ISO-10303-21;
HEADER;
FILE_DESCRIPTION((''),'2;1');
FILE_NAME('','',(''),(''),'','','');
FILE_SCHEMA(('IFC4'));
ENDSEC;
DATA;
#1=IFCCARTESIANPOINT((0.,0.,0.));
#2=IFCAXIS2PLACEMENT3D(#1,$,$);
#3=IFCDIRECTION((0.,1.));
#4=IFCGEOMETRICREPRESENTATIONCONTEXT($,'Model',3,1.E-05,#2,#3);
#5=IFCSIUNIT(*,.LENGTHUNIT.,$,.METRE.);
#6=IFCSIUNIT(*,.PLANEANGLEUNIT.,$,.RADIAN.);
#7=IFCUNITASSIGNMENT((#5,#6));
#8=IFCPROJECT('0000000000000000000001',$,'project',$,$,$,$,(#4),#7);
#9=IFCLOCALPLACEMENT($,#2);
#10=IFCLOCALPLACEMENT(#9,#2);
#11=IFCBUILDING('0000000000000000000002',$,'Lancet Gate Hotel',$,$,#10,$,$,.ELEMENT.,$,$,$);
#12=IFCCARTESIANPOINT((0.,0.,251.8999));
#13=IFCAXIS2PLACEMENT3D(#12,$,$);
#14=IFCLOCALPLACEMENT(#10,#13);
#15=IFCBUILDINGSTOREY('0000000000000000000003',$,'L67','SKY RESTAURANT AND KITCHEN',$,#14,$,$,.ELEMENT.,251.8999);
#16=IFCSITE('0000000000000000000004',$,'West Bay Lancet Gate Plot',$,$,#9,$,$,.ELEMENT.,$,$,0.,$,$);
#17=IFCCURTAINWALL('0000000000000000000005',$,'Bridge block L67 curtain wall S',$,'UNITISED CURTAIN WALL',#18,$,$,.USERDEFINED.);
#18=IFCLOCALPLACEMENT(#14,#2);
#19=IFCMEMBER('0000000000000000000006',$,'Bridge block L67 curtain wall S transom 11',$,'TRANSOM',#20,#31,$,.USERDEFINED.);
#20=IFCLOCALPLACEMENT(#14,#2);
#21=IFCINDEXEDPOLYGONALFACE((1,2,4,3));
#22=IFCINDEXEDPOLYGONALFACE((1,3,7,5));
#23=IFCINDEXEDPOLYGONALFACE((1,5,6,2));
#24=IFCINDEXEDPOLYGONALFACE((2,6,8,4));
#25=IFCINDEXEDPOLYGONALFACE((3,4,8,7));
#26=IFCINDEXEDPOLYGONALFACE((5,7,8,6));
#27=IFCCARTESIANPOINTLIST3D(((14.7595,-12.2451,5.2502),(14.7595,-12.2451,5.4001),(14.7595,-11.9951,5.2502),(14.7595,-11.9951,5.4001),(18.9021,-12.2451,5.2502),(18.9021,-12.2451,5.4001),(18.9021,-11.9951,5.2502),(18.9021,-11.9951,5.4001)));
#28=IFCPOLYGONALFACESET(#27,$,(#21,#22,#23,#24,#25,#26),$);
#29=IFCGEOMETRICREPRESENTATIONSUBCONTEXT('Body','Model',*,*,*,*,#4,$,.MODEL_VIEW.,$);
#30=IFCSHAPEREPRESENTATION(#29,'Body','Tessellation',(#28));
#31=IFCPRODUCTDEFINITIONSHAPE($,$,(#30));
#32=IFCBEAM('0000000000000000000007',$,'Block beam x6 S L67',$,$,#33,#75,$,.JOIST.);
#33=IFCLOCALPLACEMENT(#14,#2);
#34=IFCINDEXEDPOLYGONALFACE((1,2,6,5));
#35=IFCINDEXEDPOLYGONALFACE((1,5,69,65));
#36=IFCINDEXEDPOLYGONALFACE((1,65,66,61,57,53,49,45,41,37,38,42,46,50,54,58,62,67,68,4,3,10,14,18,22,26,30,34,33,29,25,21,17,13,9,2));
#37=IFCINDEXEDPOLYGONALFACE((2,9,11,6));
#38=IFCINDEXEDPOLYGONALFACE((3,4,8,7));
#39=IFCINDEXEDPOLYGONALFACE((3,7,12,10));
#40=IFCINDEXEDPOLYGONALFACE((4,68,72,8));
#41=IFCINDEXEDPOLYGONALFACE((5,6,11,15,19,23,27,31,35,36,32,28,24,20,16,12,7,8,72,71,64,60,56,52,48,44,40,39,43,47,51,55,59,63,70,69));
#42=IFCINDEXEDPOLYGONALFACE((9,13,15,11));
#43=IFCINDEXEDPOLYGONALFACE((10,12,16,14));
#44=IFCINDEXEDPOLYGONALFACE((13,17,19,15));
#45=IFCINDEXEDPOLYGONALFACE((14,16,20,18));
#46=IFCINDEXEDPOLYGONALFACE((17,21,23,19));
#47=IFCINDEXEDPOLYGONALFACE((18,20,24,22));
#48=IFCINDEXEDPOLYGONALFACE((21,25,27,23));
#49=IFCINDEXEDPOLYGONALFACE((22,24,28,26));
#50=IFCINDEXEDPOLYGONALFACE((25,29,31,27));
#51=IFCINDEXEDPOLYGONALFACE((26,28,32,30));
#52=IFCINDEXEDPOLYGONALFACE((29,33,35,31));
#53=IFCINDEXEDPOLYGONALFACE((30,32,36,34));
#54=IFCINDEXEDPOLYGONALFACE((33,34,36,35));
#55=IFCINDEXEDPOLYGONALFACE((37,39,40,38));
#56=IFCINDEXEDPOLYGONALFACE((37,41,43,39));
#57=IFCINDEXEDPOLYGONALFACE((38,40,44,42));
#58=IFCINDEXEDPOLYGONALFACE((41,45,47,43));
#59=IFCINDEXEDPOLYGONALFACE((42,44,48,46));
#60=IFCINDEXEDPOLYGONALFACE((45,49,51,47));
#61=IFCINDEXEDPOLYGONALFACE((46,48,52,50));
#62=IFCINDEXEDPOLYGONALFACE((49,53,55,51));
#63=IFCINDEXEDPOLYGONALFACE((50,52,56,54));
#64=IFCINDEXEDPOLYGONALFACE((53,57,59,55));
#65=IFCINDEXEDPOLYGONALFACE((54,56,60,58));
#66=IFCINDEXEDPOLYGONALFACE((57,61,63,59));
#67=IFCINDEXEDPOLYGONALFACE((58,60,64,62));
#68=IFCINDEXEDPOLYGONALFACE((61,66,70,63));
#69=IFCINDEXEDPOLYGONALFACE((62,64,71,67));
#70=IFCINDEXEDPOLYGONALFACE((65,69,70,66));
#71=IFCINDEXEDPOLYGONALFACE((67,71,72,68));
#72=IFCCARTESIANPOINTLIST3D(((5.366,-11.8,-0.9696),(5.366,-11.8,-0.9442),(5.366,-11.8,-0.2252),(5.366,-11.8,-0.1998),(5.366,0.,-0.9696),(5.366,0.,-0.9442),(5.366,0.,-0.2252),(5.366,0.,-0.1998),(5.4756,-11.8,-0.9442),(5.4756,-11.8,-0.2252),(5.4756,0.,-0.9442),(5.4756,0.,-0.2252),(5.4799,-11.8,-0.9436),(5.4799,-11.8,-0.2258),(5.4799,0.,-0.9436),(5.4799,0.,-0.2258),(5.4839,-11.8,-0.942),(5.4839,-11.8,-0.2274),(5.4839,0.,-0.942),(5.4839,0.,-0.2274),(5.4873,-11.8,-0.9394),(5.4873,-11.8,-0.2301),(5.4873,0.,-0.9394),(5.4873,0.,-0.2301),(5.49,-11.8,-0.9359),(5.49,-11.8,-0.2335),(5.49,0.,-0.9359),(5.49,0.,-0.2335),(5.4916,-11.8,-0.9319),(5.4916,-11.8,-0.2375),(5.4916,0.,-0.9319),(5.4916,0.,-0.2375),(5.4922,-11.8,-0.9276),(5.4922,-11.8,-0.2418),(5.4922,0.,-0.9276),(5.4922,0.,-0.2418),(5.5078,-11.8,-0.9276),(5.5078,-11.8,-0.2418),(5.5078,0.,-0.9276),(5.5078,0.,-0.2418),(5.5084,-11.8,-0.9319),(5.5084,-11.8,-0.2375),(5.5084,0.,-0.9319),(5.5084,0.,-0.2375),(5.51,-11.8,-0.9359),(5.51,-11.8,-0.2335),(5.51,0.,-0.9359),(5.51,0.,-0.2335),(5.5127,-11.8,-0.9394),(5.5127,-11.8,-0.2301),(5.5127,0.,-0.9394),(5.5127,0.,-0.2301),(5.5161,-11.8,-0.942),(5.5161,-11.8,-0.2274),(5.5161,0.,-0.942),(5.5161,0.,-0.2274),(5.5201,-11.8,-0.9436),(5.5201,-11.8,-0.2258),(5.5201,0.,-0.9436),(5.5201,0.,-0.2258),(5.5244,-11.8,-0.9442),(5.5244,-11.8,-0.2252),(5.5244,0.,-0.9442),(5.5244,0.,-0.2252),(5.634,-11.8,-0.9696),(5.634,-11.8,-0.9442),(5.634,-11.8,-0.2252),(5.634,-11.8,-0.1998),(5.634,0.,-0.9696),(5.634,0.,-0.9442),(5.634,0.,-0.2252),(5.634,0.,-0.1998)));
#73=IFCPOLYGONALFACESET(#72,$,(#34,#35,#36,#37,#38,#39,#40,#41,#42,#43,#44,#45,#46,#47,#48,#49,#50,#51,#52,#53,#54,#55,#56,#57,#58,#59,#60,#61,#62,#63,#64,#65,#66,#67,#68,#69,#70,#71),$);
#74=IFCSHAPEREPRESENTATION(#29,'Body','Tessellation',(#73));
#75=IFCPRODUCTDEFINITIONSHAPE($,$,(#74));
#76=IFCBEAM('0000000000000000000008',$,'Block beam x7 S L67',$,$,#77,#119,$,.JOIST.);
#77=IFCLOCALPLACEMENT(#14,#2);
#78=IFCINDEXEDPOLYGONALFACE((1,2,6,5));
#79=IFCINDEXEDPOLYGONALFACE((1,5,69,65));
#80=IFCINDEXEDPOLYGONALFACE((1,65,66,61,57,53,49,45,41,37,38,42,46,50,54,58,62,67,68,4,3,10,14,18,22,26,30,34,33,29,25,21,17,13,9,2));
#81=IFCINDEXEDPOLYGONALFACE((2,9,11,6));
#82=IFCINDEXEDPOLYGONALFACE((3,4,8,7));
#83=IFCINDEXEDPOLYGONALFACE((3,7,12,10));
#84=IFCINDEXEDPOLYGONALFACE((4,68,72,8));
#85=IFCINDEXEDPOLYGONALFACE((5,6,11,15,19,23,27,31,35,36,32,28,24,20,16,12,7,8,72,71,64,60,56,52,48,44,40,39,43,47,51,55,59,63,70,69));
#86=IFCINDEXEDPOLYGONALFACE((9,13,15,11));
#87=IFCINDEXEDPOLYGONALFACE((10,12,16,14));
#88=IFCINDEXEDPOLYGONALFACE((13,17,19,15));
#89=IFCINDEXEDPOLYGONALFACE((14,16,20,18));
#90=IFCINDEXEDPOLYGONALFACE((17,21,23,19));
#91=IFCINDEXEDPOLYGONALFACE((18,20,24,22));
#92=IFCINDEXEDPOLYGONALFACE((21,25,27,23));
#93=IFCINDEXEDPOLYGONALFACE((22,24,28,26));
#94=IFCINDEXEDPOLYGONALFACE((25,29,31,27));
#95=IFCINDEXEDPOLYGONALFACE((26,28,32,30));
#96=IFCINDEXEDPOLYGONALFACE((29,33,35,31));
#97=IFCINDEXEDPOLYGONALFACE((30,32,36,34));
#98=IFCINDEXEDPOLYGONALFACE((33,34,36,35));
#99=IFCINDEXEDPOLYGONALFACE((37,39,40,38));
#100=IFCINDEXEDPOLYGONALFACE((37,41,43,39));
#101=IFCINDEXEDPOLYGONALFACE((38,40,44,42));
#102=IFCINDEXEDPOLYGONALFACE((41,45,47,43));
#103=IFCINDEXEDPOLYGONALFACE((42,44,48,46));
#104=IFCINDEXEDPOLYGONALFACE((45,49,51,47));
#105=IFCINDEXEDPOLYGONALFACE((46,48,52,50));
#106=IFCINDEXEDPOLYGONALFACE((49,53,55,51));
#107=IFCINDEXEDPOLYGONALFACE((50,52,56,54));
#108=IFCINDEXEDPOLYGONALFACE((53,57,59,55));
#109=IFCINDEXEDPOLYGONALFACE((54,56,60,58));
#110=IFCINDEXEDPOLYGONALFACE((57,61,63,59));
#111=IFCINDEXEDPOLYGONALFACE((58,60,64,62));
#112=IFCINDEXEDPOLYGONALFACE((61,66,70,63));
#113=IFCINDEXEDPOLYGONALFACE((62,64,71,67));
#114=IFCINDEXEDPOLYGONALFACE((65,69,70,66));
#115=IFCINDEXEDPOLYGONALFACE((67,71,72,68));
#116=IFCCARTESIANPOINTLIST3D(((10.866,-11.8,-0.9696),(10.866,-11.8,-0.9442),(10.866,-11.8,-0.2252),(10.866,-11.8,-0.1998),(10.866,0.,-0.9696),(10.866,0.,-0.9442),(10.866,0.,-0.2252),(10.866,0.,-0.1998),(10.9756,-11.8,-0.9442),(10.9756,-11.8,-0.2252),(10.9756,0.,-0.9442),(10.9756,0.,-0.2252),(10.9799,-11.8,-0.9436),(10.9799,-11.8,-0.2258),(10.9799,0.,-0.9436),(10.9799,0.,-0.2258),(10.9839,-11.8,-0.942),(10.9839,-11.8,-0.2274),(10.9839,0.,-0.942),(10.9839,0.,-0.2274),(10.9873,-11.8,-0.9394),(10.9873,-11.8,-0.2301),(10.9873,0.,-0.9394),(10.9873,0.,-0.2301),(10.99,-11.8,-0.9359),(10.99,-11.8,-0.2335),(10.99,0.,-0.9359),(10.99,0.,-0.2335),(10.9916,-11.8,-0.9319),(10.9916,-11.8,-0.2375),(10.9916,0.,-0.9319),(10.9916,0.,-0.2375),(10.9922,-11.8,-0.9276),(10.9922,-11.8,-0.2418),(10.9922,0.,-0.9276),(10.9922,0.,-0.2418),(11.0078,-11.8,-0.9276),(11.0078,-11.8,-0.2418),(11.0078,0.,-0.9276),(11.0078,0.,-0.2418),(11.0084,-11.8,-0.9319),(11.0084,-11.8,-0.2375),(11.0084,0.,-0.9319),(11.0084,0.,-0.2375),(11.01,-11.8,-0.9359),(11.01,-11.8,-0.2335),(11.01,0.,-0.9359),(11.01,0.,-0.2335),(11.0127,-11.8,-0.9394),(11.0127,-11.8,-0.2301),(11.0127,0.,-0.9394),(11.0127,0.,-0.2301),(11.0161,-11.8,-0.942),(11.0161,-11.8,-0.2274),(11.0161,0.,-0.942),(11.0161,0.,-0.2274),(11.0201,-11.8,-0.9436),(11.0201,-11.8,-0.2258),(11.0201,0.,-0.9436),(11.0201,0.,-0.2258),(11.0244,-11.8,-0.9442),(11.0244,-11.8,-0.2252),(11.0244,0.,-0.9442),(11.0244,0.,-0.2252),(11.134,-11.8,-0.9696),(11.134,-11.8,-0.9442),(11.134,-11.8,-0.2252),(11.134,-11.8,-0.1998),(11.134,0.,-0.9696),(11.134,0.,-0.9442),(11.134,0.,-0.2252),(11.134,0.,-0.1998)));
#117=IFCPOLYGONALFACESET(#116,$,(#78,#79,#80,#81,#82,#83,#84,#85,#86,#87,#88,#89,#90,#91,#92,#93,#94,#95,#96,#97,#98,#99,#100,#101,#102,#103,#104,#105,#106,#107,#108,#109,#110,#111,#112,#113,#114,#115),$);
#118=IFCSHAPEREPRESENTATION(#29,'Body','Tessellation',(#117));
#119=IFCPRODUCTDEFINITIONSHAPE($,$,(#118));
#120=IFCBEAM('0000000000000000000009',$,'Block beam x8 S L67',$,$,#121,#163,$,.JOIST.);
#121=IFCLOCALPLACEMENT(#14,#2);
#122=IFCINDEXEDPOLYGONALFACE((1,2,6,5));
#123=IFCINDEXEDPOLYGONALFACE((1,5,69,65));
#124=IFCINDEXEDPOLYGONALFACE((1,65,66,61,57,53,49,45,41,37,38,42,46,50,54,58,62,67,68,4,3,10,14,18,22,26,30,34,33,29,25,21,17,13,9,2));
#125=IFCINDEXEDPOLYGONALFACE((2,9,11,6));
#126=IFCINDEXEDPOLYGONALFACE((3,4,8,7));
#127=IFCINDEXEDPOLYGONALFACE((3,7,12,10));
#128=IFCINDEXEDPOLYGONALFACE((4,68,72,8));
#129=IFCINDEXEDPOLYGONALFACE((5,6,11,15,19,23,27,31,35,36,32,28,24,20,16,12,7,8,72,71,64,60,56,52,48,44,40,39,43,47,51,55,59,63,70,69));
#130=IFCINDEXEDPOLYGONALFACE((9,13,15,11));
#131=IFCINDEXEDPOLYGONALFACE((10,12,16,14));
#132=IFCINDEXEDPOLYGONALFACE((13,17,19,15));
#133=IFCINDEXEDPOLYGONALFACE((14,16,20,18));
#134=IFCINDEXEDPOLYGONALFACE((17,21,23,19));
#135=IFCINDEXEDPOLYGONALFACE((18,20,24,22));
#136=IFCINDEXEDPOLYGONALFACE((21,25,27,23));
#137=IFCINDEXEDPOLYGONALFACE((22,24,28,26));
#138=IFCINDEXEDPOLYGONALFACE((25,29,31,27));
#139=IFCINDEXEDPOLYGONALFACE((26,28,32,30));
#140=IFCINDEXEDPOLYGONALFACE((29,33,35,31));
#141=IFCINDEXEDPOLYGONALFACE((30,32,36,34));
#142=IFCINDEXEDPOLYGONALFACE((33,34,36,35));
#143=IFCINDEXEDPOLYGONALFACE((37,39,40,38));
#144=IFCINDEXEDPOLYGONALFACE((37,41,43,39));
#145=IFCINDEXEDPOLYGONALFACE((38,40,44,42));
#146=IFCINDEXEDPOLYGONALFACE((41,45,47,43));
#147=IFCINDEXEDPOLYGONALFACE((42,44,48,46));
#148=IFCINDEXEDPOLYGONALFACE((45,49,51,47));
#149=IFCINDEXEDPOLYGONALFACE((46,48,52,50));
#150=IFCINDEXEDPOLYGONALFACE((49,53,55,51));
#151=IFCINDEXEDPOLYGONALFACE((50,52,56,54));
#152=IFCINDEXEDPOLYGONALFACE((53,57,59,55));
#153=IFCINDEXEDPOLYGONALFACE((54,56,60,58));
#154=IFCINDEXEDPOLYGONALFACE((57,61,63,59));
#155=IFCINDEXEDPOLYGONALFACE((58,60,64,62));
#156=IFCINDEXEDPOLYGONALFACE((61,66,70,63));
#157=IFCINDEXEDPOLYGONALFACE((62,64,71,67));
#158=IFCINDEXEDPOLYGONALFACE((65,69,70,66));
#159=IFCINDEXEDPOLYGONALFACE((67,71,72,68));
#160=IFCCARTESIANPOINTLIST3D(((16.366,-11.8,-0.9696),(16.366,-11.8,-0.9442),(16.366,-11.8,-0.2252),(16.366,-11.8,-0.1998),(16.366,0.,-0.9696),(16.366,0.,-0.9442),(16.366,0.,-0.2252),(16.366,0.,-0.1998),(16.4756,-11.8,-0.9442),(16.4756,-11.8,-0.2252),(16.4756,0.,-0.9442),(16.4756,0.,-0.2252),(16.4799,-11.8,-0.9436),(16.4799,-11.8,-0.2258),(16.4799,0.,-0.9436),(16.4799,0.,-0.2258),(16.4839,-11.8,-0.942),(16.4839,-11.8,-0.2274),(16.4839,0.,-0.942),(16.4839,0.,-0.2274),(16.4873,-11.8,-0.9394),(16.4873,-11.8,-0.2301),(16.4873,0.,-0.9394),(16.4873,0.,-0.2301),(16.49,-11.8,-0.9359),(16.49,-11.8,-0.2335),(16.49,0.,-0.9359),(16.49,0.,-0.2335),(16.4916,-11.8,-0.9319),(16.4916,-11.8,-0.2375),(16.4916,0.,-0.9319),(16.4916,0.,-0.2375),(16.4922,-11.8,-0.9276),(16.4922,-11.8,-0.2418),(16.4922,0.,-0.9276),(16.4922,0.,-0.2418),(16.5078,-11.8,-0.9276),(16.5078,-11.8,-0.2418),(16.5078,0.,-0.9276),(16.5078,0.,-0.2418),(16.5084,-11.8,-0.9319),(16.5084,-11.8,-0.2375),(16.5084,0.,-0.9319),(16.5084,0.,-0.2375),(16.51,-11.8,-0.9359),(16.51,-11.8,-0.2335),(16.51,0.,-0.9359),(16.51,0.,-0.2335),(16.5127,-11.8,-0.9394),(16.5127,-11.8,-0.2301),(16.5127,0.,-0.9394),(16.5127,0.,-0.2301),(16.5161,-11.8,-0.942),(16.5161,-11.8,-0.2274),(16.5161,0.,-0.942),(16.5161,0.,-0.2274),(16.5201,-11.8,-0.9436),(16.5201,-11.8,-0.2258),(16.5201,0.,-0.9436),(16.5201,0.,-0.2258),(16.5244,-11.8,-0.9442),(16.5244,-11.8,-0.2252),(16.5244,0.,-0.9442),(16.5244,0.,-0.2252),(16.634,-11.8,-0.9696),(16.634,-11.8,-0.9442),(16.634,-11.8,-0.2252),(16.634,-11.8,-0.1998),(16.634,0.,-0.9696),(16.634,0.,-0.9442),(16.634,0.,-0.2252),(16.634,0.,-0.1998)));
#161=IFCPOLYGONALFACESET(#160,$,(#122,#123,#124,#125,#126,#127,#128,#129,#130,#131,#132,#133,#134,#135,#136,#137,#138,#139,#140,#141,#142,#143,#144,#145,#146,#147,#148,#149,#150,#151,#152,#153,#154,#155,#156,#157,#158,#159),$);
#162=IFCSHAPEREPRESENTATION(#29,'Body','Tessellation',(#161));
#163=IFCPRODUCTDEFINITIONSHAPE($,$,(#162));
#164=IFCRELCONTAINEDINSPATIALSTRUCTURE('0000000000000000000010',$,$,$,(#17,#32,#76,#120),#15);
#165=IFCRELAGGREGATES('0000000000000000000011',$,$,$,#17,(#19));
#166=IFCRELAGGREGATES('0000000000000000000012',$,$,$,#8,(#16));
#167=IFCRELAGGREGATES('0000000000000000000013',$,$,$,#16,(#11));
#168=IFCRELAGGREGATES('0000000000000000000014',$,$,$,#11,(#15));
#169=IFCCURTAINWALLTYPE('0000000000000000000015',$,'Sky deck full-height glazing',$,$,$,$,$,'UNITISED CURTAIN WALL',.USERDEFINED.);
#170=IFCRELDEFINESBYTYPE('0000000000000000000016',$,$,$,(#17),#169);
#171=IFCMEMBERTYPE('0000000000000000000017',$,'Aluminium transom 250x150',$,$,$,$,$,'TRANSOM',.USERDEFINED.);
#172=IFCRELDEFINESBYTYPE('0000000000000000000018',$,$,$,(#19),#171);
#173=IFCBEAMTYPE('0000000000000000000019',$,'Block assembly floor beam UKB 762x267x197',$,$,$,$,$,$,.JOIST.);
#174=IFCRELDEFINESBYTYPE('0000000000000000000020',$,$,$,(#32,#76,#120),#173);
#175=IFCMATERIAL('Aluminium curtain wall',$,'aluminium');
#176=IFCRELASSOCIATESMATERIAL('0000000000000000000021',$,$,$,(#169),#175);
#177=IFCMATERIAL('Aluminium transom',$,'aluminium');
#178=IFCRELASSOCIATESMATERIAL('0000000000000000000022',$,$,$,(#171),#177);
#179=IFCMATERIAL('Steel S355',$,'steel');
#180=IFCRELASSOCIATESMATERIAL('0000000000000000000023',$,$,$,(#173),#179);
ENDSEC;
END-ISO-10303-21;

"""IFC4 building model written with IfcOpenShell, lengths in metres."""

from ifc_helpers import new_model, si_unit, direction, frame, origin, origin_2d, place, context, subcontext, project, spatial, rectangle, i_section, extrude, material, material_profile, profile_set, type_object, element, aggregate, save


model = new_model("IFC4")

# Units and contexts
model_context = context("Model", 3, precision=1e-05, world=origin(), true_north=direction((0.0, 1.0)))
body_context = subcontext(model_context, "Body", "Model", "MODEL_VIEW")
ifc_project = project(units=[si_unit("LENGTHUNIT", "METRE"), si_unit("PLANEANGLEUNIT", "RADIAN")], contexts=[model_context])

# Site, building, storey
site_placement = place(None, origin())
site = spatial("IfcSite", under=ifc_project, at=site_placement, Name="West Bay Lancet Gate Plot", CompositionType="ELEMENT", RefElevation=0.0)
building_placement = place(site_placement, origin())
building = spatial("IfcBuilding", under=site, at=building_placement, Name="Lancet Gate Hotel", CompositionType="ELEMENT")
storey_placement = place(building_placement, frame((0.0, 0.0, 251.8999)))
storey = spatial("IfcBuildingStorey", under=building, at=storey_placement, Name="L67", Description="SKY RESTAURANT AND KITCHEN", CompositionType="ELEMENT", Elevation=251.8999)

# Curtain wall, member
ifc_material_1 = material(Name="Aluminium curtain wall", Category="aluminium")
curtain_wall_type = type_object("IfcCurtainWallType", Name="Sky deck full-height glazing", ElementType="UNITISED CURTAIN WALL", PredefinedType="USERDEFINED", material=ifc_material_1)
curtain_wall_placement = place(storey_placement, origin())
curtain_wall = element("IfcCurtainWall", 1, at=curtain_wall_placement, inside=storey, type_object=curtain_wall_type, Name="Bridge block L67 curtain wall S", ObjectType="UNITISED CURTAIN WALL", PredefinedType="USERDEFINED")
ifc_material_2 = material(Name="Aluminium transom", Category="aluminium")
ifc_material_profile_1 = material_profile(ifc_material_2, rectangle(XDim=0.25, YDim=0.1499, at=origin_2d()), Name="TRANSOM 250x150")
ifc_profile_set_1 = profile_set([ifc_material_profile_1], Name="Aluminium transom")
member_type_1 = type_object("IfcMemberType", Name="Aluminium transom 250x150", ElementType="TRANSOM", PredefinedType="USERDEFINED", material=ifc_profile_set_1)
member_1_placement = place(storey_placement, frame((14.7595, -12.1201, 5.3252), z_axis=(1.0, 0.0, 0.0), x_axis=(0.0, 1.0, 0.0)))
member_1 = element("IfcMember", 2, at=member_1_placement, type_object=member_type_1, Name="Bridge block L67 curtain wall S transom 11", ObjectType="TRANSOM", PredefinedType="USERDEFINED", context=body_context, shape_type="SweptSolid", body=[
    extrude(rectangle(XDim=0.25, YDim=0.1499, at=origin_2d()), origin(), (0.0, 0.0, 1.0), 4.1426),
])

# Beams
ifc_material_3 = material(Name="Steel S355", Category="steel")
ifc_material_profile_2 = material_profile(ifc_material_3, i_section(OverallWidth=0.2681, OverallDepth=0.7698, WebThickness=0.0156, FlangeThickness=0.0254, FilletRadius=0.0166, at=origin_2d()), Name="UKB 762x267x197")
ifc_profile_set_2 = profile_set([ifc_material_profile_2], Name="Steel S355")
beam_type_1 = type_object("IfcBeamType", Name="Block assembly floor beam UKB 762x267x197", PredefinedType="JOIST", material=ifc_profile_set_2)
for number, where, z_axis, x_axis, name in (
    (3, (5.5, -11.8, -0.5847), (0.0, 1.0, 0.0), (-1.0, 0.0, 0.0), "Block beam x6 S L67"),
    (4, (11.0, -11.8, -0.5847), (0.0, 1.0, 0.0), (-1.0, 0.0, 0.0), "Block beam x7 S L67"),
    (5, (16.5, -11.8, -0.5847), (0.0, 1.0, 0.0), (-1.0, 0.0, 0.0), "Block beam x8 S L67"),
):
    element("IfcBeam", number, at=place(storey_placement, frame(where, z_axis=z_axis, x_axis=x_axis)), inside=storey, type_object=beam_type_1, Name=name, PredefinedType="JOIST", context=body_context, shape_type="SweptSolid", body=[
        extrude(i_section(OverallWidth=0.2681, OverallDepth=0.7698, WebThickness=0.0156, FlangeThickness=0.0254, FilletRadius=0.0166, at=origin_2d()), origin(), (0.0, 0.0, 1.0), 11.8),
    ])

aggregate(curtain_wall, [member_1])

save(model, "model.ifc")
